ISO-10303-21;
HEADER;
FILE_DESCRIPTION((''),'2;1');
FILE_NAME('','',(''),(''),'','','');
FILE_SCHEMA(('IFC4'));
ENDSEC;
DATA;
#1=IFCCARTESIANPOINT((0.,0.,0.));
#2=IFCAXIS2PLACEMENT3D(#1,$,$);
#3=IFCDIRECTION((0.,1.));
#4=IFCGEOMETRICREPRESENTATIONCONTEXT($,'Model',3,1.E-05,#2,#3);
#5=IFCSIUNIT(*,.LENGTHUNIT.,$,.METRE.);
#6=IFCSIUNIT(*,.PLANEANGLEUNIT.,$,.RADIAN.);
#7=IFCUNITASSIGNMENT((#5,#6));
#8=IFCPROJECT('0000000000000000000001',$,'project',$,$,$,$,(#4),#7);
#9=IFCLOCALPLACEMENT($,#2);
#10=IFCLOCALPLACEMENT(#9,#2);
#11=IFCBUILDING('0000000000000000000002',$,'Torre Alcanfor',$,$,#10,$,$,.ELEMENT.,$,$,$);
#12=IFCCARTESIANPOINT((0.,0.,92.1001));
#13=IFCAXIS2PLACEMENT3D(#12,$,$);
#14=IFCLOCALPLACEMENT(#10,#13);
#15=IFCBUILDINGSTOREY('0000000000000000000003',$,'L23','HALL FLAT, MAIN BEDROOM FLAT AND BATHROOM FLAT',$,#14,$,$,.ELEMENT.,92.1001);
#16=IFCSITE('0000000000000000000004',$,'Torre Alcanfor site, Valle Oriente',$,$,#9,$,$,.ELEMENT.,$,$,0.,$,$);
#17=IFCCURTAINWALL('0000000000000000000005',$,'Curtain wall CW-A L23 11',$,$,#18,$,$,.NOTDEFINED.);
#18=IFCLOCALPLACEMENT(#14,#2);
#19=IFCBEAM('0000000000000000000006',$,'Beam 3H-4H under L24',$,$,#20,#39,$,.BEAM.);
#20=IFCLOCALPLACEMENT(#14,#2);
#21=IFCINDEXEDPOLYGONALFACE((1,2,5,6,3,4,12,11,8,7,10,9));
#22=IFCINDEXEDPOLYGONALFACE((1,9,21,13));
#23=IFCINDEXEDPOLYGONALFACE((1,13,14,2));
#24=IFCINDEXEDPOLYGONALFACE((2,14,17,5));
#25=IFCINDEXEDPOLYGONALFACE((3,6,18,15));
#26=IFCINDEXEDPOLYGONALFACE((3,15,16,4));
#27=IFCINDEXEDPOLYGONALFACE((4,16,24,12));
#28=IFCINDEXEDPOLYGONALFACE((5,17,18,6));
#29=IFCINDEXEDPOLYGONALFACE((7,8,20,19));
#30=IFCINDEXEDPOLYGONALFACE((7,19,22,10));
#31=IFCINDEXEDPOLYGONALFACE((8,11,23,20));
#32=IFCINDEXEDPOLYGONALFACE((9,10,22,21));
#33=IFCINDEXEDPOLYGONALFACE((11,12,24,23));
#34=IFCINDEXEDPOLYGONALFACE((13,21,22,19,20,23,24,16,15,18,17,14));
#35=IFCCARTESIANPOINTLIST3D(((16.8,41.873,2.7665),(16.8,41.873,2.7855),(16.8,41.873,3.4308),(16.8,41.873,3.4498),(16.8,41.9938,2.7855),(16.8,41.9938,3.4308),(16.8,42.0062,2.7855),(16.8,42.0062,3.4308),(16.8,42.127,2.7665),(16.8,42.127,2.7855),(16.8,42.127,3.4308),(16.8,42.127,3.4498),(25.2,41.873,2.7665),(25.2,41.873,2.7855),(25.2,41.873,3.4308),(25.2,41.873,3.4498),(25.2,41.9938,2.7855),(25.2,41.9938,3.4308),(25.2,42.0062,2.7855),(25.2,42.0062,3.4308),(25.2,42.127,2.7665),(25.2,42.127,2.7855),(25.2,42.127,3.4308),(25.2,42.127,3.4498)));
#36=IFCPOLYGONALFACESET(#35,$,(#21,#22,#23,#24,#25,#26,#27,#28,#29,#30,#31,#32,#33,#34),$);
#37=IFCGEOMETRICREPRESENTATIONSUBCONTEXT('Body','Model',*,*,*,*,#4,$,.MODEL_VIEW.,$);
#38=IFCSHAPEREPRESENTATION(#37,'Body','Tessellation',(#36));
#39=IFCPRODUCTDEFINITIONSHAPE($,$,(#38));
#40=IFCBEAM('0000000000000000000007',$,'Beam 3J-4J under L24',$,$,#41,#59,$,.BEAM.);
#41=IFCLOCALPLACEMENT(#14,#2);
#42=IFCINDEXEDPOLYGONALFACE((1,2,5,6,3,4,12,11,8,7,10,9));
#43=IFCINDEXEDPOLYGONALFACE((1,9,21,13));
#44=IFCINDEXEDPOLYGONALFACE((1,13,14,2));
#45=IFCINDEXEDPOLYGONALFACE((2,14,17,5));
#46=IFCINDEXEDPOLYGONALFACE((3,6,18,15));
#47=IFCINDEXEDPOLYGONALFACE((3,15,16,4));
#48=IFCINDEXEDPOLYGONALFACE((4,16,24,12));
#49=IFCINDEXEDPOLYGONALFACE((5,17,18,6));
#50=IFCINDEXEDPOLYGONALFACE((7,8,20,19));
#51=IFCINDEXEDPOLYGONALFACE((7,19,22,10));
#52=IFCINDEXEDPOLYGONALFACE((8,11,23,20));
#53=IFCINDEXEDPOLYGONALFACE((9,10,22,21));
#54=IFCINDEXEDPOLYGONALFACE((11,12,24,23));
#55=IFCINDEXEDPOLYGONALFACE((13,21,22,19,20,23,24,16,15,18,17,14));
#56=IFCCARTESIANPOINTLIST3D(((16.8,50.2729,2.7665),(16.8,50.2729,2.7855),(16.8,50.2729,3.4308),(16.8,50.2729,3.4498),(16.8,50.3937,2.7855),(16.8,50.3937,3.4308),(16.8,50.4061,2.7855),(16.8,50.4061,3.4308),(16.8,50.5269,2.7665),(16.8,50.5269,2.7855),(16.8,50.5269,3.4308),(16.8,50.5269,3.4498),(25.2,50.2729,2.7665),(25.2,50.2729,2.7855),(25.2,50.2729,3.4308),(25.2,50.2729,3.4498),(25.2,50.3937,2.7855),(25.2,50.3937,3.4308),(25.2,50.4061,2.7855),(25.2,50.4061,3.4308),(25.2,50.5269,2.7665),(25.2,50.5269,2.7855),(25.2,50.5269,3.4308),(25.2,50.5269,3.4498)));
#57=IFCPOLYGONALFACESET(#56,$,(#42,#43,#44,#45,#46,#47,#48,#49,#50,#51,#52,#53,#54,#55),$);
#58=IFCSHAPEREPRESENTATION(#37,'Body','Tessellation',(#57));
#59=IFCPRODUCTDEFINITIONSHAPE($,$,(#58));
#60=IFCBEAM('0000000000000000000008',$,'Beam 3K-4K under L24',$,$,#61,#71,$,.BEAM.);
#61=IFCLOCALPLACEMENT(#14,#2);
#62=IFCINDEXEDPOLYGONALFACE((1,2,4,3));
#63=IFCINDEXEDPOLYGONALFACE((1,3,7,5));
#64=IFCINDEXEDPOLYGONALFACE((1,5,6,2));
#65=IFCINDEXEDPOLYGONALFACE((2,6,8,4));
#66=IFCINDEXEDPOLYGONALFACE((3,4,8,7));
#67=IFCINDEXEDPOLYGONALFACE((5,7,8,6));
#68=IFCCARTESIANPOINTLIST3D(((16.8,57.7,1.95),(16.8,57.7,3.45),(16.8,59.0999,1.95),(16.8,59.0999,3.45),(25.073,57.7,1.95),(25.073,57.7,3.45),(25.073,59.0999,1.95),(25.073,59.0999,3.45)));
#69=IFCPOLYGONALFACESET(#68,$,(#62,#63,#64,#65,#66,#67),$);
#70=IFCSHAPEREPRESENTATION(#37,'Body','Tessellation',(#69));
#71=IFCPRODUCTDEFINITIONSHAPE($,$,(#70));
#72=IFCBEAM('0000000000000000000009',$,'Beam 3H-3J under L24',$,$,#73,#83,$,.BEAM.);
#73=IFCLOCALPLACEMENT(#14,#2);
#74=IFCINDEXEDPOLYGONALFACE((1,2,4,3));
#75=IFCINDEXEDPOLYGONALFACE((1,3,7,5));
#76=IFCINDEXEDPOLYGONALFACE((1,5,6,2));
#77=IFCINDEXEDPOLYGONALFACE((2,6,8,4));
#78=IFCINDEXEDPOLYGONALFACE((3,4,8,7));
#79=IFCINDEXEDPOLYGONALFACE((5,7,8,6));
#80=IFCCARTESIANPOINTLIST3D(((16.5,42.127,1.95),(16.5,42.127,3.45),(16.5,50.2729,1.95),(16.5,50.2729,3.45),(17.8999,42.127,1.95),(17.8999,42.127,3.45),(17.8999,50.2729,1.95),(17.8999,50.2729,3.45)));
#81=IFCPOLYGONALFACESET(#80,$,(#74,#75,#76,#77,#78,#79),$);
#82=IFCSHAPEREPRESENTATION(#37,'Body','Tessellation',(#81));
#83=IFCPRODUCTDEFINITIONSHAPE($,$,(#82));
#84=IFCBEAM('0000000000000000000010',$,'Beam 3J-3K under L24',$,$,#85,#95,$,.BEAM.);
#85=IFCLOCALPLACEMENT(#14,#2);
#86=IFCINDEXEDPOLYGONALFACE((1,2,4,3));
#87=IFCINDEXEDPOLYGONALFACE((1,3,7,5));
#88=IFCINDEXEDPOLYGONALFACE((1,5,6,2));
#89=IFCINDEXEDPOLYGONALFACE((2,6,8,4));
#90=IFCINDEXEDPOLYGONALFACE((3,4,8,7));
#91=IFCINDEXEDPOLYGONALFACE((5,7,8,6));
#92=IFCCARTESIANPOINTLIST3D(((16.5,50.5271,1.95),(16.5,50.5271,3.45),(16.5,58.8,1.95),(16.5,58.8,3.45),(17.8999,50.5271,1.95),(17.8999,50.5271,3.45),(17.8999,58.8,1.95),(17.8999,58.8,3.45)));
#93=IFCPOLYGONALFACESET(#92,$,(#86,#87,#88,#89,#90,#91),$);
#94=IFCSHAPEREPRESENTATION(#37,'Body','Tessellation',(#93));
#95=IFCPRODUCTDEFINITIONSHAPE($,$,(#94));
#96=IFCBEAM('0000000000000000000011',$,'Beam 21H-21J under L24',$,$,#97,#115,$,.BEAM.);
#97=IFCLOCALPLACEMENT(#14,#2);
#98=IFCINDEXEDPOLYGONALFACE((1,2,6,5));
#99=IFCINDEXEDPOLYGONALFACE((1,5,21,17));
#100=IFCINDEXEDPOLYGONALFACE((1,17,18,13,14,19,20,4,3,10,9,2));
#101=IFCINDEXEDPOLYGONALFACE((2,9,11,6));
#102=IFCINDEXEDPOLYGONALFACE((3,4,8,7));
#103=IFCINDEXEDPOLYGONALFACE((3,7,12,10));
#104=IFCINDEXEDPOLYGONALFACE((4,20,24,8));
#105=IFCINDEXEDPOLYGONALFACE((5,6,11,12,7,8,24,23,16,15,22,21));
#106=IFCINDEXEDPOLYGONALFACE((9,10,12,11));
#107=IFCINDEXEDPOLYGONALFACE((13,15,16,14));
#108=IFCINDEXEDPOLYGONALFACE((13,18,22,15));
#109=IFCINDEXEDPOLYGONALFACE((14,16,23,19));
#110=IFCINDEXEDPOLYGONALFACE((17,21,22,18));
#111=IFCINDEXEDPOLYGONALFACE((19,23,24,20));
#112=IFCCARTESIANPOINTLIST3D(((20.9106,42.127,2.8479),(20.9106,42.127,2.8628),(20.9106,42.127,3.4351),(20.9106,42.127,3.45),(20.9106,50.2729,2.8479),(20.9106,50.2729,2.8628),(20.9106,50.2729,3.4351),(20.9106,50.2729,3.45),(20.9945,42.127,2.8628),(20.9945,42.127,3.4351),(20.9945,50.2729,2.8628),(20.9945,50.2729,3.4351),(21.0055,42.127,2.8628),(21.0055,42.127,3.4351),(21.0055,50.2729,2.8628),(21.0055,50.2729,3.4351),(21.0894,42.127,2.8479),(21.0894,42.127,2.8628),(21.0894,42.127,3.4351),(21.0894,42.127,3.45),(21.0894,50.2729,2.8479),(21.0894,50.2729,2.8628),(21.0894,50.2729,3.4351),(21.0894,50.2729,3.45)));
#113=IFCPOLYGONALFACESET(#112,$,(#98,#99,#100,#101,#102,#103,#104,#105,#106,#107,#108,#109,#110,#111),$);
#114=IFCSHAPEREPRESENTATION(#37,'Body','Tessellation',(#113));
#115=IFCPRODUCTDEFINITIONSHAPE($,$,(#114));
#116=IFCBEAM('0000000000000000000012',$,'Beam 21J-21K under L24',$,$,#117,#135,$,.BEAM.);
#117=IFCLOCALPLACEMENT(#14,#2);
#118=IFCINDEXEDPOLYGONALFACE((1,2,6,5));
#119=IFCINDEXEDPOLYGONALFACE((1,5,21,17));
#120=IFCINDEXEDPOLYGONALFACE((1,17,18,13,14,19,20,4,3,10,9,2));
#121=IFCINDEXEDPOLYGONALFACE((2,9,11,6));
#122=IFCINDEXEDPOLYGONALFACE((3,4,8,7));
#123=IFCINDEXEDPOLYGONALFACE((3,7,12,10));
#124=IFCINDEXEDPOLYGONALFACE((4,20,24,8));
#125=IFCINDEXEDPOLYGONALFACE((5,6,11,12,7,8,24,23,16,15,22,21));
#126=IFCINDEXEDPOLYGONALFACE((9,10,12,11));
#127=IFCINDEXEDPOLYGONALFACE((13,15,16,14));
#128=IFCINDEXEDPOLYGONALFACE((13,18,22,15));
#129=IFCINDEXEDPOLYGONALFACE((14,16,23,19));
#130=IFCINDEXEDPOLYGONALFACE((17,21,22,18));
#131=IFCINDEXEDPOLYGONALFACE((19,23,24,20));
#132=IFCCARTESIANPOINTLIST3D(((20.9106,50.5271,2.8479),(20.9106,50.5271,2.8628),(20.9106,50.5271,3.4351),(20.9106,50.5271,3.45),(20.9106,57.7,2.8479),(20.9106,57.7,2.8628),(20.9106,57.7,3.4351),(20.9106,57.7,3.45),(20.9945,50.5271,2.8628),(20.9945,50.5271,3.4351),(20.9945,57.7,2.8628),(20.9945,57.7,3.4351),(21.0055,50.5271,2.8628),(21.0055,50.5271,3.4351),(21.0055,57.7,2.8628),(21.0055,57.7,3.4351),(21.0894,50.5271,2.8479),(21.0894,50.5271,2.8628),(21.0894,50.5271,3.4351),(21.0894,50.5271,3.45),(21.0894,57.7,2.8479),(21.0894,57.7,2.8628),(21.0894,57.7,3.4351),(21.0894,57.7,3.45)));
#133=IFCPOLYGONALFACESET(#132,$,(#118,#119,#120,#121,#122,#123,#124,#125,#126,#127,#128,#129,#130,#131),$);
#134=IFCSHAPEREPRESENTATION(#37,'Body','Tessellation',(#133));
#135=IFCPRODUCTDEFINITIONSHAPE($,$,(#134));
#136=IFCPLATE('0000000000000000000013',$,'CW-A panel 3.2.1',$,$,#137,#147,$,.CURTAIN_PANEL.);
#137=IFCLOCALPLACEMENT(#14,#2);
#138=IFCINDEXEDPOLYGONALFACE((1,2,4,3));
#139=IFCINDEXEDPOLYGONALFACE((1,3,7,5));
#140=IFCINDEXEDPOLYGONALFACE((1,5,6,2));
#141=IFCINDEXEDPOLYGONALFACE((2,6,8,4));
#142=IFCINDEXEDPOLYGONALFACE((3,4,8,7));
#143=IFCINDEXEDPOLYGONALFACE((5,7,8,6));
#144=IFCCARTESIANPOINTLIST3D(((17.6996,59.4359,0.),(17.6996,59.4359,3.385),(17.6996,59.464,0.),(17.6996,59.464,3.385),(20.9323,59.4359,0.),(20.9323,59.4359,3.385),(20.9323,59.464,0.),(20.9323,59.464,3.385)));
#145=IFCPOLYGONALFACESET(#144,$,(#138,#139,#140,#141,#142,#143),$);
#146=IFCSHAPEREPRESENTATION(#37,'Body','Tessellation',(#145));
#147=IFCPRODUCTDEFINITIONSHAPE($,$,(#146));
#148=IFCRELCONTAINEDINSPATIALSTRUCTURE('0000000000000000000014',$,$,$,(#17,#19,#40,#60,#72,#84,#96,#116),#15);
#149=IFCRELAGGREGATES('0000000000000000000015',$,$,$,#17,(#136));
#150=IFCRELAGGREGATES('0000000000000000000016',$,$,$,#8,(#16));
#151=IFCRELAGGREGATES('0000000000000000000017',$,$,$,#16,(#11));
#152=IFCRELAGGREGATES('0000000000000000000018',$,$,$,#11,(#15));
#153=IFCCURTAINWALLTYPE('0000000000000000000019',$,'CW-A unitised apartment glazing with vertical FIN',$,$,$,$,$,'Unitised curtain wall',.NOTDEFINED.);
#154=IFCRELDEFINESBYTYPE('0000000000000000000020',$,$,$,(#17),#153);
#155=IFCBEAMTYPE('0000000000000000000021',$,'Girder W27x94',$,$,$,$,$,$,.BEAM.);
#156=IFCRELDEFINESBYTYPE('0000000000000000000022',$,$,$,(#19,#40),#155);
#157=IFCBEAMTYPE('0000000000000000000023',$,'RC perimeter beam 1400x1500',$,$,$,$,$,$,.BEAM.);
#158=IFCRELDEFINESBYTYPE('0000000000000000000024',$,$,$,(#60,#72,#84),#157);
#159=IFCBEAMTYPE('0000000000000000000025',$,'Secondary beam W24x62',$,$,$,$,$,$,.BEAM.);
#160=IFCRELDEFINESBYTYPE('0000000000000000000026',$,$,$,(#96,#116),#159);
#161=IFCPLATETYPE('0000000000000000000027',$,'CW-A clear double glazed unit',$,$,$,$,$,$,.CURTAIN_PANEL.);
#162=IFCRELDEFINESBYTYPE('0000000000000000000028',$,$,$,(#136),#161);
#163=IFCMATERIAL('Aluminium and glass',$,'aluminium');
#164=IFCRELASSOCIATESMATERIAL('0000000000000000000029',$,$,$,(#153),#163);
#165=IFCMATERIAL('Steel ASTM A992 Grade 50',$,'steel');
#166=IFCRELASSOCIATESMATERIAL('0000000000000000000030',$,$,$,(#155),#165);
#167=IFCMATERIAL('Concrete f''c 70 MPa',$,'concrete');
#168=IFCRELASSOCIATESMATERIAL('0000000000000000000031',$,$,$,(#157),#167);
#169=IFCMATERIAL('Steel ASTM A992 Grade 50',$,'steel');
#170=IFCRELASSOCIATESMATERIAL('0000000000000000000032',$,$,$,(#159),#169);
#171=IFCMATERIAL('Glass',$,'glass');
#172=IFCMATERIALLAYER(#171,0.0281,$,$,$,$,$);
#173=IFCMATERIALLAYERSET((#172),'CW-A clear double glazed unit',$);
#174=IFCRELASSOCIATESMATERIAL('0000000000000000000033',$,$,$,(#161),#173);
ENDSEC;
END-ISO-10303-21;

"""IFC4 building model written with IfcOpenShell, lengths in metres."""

from ifc_helpers import new_model, si_unit, direction, frame, origin, origin_2d, place, context, subcontext, project, spatial, rectangle, i_section, extrude, material, layer, layer_set, material_profile, profile_set, type_object, element, aggregate, save


model = new_model("IFC4")

# Units and contexts
model_context = context("Model", 3, precision=1e-05, world=origin(), true_north=direction((0.0, 1.0)))
body_context = subcontext(model_context, "Body", "Model", "MODEL_VIEW")
ifc_project = project(units=[si_unit("LENGTHUNIT", "METRE"), si_unit("PLANEANGLEUNIT", "RADIAN")], contexts=[model_context])

# Site, building, storey
site_placement = place(None, origin())
site = spatial("IfcSite", under=ifc_project, at=site_placement, Name="Torre Alcanfor site, Valle Oriente", CompositionType="ELEMENT", RefElevation=0.0)
building_placement = place(site_placement, origin())
building = spatial("IfcBuilding", under=site, at=building_placement, Name="Torre Alcanfor", CompositionType="ELEMENT")
storey_placement = place(building_placement, frame((0.0, 0.0, 92.1001)))
storey = spatial("IfcBuildingStorey", under=building, at=storey_placement, Name="L23", Description="HALL FLAT, MAIN BEDROOM FLAT AND BATHROOM FLAT", CompositionType="ELEMENT", Elevation=92.1001)

# Curtain wall
ifc_material_1 = material(Name="Aluminium and glass", Category="aluminium")
curtain_wall_type = type_object("IfcCurtainWallType", Name="CW-A unitised apartment glazing with vertical FIN", ElementType="Unitised curtain wall", PredefinedType="NOTDEFINED", material=ifc_material_1)
curtain_wall_placement = place(storey_placement, origin())
curtain_wall = element("IfcCurtainWall", 1, at=curtain_wall_placement, inside=storey, type_object=curtain_wall_type, Name="Curtain wall CW-A L23 11", PredefinedType="NOTDEFINED")

# Beams
ifc_material_2 = material(Name="Steel ASTM A992 Grade 50", Category="steel")
ifc_material_profile_1 = material_profile(ifc_material_2, i_section(OverallWidth=0.2539, OverallDepth=0.6833, WebThickness=0.0125, FlangeThickness=0.019, at=origin_2d()), Name="W27x94")
ifc_profile_set_1 = profile_set([ifc_material_profile_1], Name="Steel ASTM A992 Grade 50")
beam_type_1 = type_object("IfcBeamType", Name="Girder W27x94", PredefinedType="BEAM", material=ifc_profile_set_1)
for number, where, z_axis, x_axis, name in (
    (2, (16.8, 42.0, 3.1082), (1.0, 0.0, 0.0), (0.0, 1.0, 0.0), "Beam 3H-4H under L24"),
    (3, (16.8, 50.3999, 3.1082), (1.0, 0.0, 0.0), (0.0, 1.0, 0.0), "Beam 3J-4J under L24"),
):
    element("IfcBeam", number, at=place(storey_placement, frame(where, z_axis=z_axis, x_axis=x_axis)), inside=storey, type_object=beam_type_1, Name=name, PredefinedType="BEAM", context=body_context, shape_type="SweptSolid", body=[
        extrude(i_section(OverallWidth=0.2539, OverallDepth=0.6833, WebThickness=0.0125, FlangeThickness=0.019, at=origin_2d()), origin(), (0.0, 0.0, 1.0), 8.3999),
    ])
ifc_material_3 = material(Name="Concrete f'c 70 MPa", Category="concrete")
ifc_material_profile_2 = material_profile(ifc_material_3, rectangle(XDim=1.3999, YDim=1.5, at=origin_2d()), Name="1400x1500")
ifc_profile_set_2 = profile_set([ifc_material_profile_2], Name="Concrete f'c 70 MPa")
beam_type_2 = type_object("IfcBeamType", Name="RC perimeter beam 1400x1500", PredefinedType="BEAM", material=ifc_profile_set_2)
beam_1_placement = place(storey_placement, frame((16.8, 58.3999, 2.7), z_axis=(1.0, 0.0, 0.0), x_axis=(0.0, 1.0, 0.0)))
element("IfcBeam", 4, at=beam_1_placement, inside=storey, type_object=beam_type_2, Name="Beam 3K-4K under L24", PredefinedType="BEAM", context=body_context, shape_type="SweptSolid", body=[
    extrude(rectangle(XDim=1.3999, YDim=1.5, at=origin_2d()), origin(), (0.0, 0.0, 1.0), 8.2729),
])
beam_2_placement = place(storey_placement, frame((17.2, 42.127, 2.7), z_axis=(0.0, 1.0, 0.0), x_axis=(-1.0, 0.0, 0.0)))
element("IfcBeam", 5, at=beam_2_placement, inside=storey, type_object=beam_type_2, Name="Beam 3H-3J under L24", PredefinedType="BEAM", context=body_context, shape_type="SweptSolid", body=[
    extrude(rectangle(XDim=1.3999, YDim=1.5, at=origin_2d()), origin(), (0.0, 0.0, 1.0), 8.146),
])
beam_3_placement = place(storey_placement, frame((17.2, 50.5271, 2.7), z_axis=(0.0, 1.0, 0.0), x_axis=(-1.0, 0.0, 0.0)))
element("IfcBeam", 6, at=beam_3_placement, inside=storey, type_object=beam_type_2, Name="Beam 3J-3K under L24", PredefinedType="BEAM", context=body_context, shape_type="SweptSolid", body=[
    extrude(rectangle(XDim=1.3999, YDim=1.5, at=origin_2d()), origin(), (0.0, 0.0, 1.0), 8.2729),
])
ifc_material_4 = material(Name="Steel ASTM A992 Grade 50", Category="steel")
ifc_material_profile_3 = material_profile(ifc_material_4, i_section(OverallWidth=0.1787, OverallDepth=0.6021, WebThickness=0.011, FlangeThickness=0.0149, at=origin_2d()), Name="W24x62")
ifc_profile_set_3 = profile_set([ifc_material_profile_3], Name="Steel ASTM A992 Grade 50")
beam_type_3 = type_object("IfcBeamType", Name="Secondary beam W24x62", PredefinedType="BEAM", material=ifc_profile_set_3)
beam_4_placement = place(storey_placement, frame((21.0, 42.127, 3.1489), z_axis=(0.0, 1.0, 0.0), x_axis=(-1.0, 0.0, 0.0)))
element("IfcBeam", 7, at=beam_4_placement, inside=storey, type_object=beam_type_3, Name="Beam 21H-21J under L24", PredefinedType="BEAM", context=body_context, shape_type="SweptSolid", body=[
    extrude(i_section(OverallWidth=0.1787, OverallDepth=0.6021, WebThickness=0.011, FlangeThickness=0.0149, at=origin_2d()), origin(), (0.0, 0.0, 1.0), 8.146),
])
beam_5_placement = place(storey_placement, frame((21.0, 50.5271, 3.1489), z_axis=(0.0, 1.0, 0.0), x_axis=(-1.0, 0.0, 0.0)))
element("IfcBeam", 8, at=beam_5_placement, inside=storey, type_object=beam_type_3, Name="Beam 21J-21K under L24", PredefinedType="BEAM", context=body_context, shape_type="SweptSolid", body=[
    extrude(i_section(OverallWidth=0.1787, OverallDepth=0.6021, WebThickness=0.011, FlangeThickness=0.0149, at=origin_2d()), origin(), (0.0, 0.0, 1.0), 7.1729),
])

# Plate
ifc_material_5 = material(Name="Glass", Category="glass")
ifc_layer_1 = layer(ifc_material_5, 0.0281)
ifc_layer_set_1 = layer_set([ifc_layer_1], Name="CW-A clear double glazed unit")
plate_type = type_object("IfcPlateType", Name="CW-A clear double glazed unit", PredefinedType="CURTAIN_PANEL", material=ifc_layer_set_1)
plate_placement = place(storey_placement, frame((19.3159, 59.45, 0.0), z_axis=(0.0, 0.0, 1.0), x_axis=(-1.0, 0.0, 0.0)))
plate = element("IfcPlate", 9, at=plate_placement, type_object=plate_type, Name="CW-A panel 3.2.1", PredefinedType="CURTAIN_PANEL", context=body_context, shape_type="SweptSolid", body=[
    extrude(rectangle(XDim=3.2327, YDim=0.0281, at=origin_2d()), origin(), (0.0, 0.0, 1.0), 3.385),
])
aggregate(curtain_wall, [plate])

save(model, "model.ifc")
